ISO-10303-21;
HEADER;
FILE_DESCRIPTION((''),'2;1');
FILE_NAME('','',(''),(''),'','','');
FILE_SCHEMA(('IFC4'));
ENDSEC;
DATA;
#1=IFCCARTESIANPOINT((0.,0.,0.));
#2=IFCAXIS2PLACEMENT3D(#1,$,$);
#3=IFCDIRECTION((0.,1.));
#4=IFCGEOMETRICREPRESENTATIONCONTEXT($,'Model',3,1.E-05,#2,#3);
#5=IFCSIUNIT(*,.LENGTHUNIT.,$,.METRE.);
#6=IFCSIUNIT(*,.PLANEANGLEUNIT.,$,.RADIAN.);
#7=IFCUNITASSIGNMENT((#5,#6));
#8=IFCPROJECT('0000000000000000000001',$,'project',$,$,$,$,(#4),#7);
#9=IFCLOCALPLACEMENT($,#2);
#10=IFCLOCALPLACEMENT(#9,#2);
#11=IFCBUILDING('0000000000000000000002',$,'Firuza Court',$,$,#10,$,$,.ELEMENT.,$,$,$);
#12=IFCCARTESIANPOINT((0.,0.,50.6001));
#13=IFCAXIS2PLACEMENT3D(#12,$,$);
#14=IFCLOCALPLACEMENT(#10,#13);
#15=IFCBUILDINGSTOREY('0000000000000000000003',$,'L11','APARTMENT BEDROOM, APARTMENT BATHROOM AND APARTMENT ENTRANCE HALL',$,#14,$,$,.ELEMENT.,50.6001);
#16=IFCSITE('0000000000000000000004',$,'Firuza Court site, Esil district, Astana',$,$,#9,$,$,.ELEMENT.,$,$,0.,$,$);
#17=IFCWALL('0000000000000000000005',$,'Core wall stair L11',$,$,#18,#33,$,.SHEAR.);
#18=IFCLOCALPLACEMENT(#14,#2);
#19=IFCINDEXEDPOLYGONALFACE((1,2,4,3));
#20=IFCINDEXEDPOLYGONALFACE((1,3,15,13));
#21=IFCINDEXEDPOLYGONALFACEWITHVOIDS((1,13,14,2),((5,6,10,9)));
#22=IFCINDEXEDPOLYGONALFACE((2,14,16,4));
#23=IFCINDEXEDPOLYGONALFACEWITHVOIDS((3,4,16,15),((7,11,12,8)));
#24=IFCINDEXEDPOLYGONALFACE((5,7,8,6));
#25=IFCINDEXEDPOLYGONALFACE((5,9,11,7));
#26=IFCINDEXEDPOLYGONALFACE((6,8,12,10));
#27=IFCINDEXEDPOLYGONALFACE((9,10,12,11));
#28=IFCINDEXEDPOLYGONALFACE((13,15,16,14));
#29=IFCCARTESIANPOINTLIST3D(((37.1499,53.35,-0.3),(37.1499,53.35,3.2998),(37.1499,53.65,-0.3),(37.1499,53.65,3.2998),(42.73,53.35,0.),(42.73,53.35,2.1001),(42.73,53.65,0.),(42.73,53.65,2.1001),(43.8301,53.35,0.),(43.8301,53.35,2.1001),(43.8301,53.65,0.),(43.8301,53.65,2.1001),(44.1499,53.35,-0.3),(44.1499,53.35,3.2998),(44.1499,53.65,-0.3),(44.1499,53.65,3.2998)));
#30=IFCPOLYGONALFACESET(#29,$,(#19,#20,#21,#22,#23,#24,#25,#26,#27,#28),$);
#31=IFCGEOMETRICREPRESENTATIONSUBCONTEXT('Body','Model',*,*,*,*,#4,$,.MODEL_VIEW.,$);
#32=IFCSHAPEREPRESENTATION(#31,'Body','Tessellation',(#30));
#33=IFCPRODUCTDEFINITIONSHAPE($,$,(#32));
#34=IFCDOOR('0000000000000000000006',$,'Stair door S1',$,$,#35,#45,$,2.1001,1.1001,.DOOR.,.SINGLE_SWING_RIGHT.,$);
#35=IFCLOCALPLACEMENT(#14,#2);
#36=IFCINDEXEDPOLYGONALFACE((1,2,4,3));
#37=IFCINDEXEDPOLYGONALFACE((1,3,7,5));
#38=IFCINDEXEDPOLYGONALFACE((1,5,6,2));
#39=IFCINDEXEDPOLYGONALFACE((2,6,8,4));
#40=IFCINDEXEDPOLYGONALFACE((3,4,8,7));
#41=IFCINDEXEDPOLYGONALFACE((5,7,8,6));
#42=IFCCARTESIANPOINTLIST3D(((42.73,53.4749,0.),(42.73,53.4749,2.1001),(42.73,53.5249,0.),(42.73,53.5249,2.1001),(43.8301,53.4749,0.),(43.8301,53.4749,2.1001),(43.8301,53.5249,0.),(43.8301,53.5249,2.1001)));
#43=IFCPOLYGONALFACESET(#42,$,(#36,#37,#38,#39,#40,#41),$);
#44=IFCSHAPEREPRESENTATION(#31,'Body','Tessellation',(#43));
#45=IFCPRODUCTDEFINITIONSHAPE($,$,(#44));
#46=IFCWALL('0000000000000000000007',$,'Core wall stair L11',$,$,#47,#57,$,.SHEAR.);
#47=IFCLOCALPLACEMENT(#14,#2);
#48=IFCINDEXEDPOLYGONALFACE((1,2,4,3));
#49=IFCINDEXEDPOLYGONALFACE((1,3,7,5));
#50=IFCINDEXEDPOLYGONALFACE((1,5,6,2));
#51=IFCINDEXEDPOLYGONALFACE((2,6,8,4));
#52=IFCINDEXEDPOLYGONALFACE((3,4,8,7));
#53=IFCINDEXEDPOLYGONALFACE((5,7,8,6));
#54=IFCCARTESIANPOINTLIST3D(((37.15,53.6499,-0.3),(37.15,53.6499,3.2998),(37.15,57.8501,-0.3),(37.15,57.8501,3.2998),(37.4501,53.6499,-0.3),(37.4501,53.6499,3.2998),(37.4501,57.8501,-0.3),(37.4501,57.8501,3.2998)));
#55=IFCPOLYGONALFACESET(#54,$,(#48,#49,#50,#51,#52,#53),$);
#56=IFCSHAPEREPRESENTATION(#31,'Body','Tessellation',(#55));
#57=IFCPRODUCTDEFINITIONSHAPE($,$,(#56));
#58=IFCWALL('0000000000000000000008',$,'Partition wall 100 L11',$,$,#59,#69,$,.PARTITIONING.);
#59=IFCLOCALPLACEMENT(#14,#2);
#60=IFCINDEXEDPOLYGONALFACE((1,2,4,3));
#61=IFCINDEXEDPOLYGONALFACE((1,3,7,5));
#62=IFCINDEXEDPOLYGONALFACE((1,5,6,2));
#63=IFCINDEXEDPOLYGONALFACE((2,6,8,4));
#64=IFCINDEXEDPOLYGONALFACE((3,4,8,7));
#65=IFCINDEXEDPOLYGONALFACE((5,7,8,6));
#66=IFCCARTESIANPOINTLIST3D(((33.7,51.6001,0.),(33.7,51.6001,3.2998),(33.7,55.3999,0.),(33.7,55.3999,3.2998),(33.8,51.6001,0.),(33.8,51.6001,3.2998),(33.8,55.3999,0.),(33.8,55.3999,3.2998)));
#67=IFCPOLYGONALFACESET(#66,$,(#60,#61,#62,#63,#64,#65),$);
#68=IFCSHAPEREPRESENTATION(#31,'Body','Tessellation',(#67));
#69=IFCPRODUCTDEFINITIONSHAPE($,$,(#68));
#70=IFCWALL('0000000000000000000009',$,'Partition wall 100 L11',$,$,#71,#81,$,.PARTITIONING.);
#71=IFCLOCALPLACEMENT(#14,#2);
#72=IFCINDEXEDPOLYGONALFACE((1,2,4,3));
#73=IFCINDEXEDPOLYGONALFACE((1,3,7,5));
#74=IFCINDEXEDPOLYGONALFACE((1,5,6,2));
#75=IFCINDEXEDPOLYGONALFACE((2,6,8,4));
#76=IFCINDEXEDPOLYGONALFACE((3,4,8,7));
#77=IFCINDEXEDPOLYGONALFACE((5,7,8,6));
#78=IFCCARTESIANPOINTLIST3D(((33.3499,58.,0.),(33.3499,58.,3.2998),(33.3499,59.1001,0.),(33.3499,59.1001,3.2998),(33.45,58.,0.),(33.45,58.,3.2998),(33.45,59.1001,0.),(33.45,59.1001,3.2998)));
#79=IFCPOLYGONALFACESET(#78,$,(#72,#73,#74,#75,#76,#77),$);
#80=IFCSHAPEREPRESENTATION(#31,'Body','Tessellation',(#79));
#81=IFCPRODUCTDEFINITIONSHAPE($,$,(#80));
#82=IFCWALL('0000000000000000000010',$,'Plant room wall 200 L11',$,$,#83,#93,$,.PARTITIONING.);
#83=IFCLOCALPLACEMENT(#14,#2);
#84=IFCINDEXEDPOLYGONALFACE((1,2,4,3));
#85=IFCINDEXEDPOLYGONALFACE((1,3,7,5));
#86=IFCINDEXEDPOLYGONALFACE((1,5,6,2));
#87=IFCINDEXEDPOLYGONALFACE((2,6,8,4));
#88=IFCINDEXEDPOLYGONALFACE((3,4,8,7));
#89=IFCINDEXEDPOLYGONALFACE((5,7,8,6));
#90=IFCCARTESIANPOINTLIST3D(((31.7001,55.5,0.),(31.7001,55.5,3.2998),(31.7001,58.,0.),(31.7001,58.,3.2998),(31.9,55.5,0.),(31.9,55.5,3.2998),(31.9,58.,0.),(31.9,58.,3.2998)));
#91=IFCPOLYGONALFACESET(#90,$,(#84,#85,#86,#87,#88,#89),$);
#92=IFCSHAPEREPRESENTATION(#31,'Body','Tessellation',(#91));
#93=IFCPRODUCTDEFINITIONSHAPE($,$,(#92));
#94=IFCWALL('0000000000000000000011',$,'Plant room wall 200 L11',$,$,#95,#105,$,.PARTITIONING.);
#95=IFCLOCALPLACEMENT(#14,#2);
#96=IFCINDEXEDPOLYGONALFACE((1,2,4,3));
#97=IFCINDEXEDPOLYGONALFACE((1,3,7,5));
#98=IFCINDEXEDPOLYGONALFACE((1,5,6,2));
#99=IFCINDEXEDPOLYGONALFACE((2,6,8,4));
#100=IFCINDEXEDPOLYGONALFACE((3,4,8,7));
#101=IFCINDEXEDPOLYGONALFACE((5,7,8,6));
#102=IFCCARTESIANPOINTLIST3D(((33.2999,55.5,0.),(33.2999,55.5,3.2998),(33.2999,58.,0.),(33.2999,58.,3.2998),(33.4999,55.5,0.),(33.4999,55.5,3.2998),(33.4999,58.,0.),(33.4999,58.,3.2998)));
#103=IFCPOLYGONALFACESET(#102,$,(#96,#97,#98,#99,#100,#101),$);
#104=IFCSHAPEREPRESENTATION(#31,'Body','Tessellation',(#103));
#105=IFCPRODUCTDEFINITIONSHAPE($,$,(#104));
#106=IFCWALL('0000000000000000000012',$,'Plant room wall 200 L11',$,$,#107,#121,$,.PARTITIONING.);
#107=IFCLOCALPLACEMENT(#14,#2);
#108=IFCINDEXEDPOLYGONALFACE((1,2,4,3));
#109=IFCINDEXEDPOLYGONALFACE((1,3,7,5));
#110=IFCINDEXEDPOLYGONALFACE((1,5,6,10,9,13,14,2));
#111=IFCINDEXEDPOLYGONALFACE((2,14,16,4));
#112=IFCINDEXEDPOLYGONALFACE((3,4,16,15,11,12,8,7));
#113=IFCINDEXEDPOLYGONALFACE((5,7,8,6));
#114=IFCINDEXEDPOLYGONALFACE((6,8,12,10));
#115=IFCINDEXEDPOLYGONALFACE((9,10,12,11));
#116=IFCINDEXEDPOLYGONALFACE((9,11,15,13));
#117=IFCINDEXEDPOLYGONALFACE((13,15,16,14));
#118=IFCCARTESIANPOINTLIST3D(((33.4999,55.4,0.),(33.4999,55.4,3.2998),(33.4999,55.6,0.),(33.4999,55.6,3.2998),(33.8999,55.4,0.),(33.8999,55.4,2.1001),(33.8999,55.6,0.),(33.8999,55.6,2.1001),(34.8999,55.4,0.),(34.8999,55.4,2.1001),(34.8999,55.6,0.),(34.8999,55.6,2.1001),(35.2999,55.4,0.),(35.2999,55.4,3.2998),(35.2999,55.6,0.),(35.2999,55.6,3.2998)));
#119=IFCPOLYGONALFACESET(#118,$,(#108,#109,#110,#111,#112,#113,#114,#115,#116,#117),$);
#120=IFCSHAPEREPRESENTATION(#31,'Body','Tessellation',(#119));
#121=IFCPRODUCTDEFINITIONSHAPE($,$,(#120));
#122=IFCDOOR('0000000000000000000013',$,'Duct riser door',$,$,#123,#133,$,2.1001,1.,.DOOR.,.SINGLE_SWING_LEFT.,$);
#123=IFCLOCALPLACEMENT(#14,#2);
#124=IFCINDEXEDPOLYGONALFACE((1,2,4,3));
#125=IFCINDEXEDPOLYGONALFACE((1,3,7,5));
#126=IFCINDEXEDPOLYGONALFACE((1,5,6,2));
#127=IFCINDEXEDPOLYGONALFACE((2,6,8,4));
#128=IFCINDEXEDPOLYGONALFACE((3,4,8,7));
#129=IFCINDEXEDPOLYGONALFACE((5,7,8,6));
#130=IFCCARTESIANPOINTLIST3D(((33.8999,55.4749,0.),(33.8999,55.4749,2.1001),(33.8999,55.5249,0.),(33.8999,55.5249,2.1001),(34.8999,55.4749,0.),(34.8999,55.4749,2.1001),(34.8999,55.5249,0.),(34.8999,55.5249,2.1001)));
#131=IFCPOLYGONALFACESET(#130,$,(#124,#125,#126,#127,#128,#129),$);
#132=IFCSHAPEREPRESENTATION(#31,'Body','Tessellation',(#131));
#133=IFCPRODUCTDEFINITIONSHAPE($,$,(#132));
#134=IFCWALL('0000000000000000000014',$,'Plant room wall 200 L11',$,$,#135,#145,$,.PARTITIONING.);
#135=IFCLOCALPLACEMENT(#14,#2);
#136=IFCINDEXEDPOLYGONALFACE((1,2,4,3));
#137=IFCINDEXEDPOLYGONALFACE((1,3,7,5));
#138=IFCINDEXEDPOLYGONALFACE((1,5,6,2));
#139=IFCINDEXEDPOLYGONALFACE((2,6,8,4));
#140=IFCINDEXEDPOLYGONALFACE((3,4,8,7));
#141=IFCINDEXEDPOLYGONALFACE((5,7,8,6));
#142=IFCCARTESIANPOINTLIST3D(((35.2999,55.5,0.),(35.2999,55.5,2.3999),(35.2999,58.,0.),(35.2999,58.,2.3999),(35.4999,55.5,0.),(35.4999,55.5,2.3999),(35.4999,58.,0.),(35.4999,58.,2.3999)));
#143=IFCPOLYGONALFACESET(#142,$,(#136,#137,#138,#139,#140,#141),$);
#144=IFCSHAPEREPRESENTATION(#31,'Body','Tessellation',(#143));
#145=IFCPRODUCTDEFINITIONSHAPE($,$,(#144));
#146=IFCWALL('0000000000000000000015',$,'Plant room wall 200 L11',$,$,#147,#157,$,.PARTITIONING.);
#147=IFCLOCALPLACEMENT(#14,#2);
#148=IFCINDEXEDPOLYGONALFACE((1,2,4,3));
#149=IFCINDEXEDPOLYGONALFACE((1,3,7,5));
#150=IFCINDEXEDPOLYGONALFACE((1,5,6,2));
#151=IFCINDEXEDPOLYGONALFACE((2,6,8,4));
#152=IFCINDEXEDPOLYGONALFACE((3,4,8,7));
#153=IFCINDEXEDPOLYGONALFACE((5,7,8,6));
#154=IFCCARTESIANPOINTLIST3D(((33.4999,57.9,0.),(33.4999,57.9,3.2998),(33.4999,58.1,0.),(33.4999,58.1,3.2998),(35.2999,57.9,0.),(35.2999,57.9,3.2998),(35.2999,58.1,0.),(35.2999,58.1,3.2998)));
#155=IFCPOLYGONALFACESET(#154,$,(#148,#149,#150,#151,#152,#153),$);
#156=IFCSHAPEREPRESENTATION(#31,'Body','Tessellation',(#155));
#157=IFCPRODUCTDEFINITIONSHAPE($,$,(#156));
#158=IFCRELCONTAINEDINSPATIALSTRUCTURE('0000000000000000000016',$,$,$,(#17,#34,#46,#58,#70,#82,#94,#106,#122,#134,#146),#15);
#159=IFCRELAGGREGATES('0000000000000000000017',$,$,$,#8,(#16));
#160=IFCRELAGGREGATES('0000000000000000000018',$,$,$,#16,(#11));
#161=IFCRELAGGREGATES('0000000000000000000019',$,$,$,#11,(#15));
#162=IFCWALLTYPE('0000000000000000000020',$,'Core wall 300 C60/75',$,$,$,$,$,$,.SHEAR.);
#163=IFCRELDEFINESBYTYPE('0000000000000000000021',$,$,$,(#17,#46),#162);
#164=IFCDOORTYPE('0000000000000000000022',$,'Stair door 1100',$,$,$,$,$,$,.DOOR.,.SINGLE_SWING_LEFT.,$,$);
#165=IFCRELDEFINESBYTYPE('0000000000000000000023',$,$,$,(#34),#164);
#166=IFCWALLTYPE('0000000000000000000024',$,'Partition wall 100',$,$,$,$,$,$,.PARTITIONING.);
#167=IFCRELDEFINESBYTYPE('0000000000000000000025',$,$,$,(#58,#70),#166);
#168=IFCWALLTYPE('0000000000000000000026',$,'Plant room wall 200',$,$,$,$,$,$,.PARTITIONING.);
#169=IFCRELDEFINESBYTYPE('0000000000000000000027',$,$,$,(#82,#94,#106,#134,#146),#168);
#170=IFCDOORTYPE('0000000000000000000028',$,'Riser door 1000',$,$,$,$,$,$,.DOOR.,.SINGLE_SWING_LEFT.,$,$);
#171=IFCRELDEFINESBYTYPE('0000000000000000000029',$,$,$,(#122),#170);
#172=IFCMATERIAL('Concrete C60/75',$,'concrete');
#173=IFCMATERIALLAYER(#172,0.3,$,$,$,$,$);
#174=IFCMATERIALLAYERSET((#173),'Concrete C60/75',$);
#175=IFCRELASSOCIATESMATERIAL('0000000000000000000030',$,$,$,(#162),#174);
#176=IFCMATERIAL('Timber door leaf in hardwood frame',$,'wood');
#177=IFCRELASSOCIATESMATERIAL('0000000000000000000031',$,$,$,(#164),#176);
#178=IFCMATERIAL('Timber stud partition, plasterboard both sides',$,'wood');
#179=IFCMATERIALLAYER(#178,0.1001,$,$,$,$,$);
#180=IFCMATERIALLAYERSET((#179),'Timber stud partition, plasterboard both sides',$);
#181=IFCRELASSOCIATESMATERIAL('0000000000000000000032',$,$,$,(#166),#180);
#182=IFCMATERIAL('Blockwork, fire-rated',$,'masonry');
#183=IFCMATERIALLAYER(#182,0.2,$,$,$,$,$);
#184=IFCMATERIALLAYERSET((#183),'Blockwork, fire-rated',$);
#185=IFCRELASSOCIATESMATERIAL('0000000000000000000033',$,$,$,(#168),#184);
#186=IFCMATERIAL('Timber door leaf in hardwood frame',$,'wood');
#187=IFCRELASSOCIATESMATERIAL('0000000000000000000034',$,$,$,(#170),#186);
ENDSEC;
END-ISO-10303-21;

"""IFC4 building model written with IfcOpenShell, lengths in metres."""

from ifc_helpers import new_model, si_unit, direction, frame, frame_2d, origin, place, context, subcontext, project, spatial, rectangle, extrude, material, layer, layer_set, type_object, element, fill, save


model = new_model("IFC4")

# Units and contexts
model_context = context("Model", 3, precision=1e-05, world=origin(), true_north=direction((0.0, 1.0)))
body_context = subcontext(model_context, "Body", "Model", "MODEL_VIEW")
ifc_project = project(units=[si_unit("LENGTHUNIT", "METRE"), si_unit("PLANEANGLEUNIT", "RADIAN")], contexts=[model_context])

# Site, building, storey
site_placement = place(None, origin())
site = spatial("IfcSite", under=ifc_project, at=site_placement, Name="Firuza Court site, Esil district, Astana", CompositionType="ELEMENT", RefElevation=0.0)
building_placement = place(site_placement, origin())
building = spatial("IfcBuilding", under=site, at=building_placement, Name="Firuza Court", CompositionType="ELEMENT")
storey_placement = place(building_placement, frame((0.0, 0.0, 50.6001)))
storey = spatial("IfcBuildingStorey", under=building, at=storey_placement, Name="L11", Description="APARTMENT BEDROOM, APARTMENT BATHROOM AND APARTMENT ENTRANCE HALL", CompositionType="ELEMENT", Elevation=50.6001)

# Shared definitions
ifc_material_1 = material(Name="Concrete C60/75", Category="concrete")
ifc_layer_1 = layer(ifc_material_1, 0.3)
ifc_layer_set_1 = layer_set([ifc_layer_1], Name="Concrete C60/75")
wall_type_1 = type_object("IfcWallType", Name="Core wall 300 C60/75", PredefinedType="SHEAR", material=ifc_layer_set_1)

# Wall, opening, door
wall_1_placement = place(storey_placement, frame((37.1499, 53.5, -0.3), z_axis=(0.0, 0.0, 1.0), x_axis=(1.0, 0.0, 0.0)))
wall_1 = element("IfcWall", 1, at=wall_1_placement, inside=storey, type_object=wall_type_1, Name="Core wall stair L11", PredefinedType="SHEAR", context=body_context, shape_type="SweptSolid", body=[
    extrude(rectangle(XDim=7.0, YDim=0.3, at=frame_2d((3.5, 0.0))), origin(), (0.0, 0.0, 1.0), 3.5999),
])
opening_1_placement = place(wall_1_placement, frame((5.5801, 0.0, 0.3)))
opening_1 = element("IfcOpeningElement", 2, at=opening_1_placement, cuts=wall_1, PredefinedType="OPENING", context=body_context, shape_type="SweptSolid", body=[
    extrude(rectangle(XDim=1.1001, YDim=2.1001, at=frame_2d((0.55, 1.05))), frame((0.0, 0.1621, 0.0), z_axis=(0.0, -1.0, 0.0), x_axis=(1.0, 0.0, 0.0)), (0.0, 0.0, 1.0), 0.324),
])
ifc_material_2 = material(Name="Timber door leaf in hardwood frame", Category="wood")
door_type_1 = type_object("IfcDoorType", Name="Stair door 1100", OperationType="SINGLE_SWING_LEFT", PredefinedType="DOOR", material=ifc_material_2)
door_1_placement = place(opening_1_placement, origin())
door_1 = element("IfcDoor", 3, at=door_1_placement, inside=storey, type_object=door_type_1, Name="Stair door S1", OperationType="SINGLE_SWING_RIGHT", OverallHeight=2.1001, OverallWidth=1.1001, PredefinedType="DOOR", context=body_context, shape_type="SweptSolid", body=[
    extrude(rectangle(XDim=1.1001, YDim=2.1001, at=frame_2d((0.55, 1.05))), frame((0.0, 0.0249, 0.0), z_axis=(0.0, -1.0, 0.0), x_axis=(1.0, 0.0, 0.0)), (0.0, 0.0, 1.0), 0.05),
])
fill(opening_1, door_1)

# Walls
wall_2_placement = place(storey_placement, frame((37.3, 53.6499, -0.3), z_axis=(0.0, 0.0, 1.0), x_axis=(0.0, 1.0, 0.0)))
element("IfcWall", 4, at=wall_2_placement, inside=storey, type_object=wall_type_1, Name="Core wall stair L11", PredefinedType="SHEAR", context=body_context, shape_type="SweptSolid", body=[
    extrude(rectangle(XDim=4.2002, YDim=0.3, at=frame_2d((2.1001, 0.0))), origin(), (0.0, 0.0, 1.0), 3.5999),
])
ifc_material_3 = material(Name="Timber stud partition, plasterboard both sides", Category="wood")
ifc_layer_2 = layer(ifc_material_3, 0.1001)
ifc_layer_set_2 = layer_set([ifc_layer_2], Name="Timber stud partition, plasterboard both sides")
wall_type_2 = type_object("IfcWallType", Name="Partition wall 100", PredefinedType="PARTITIONING", material=ifc_layer_set_2)
wall_3_placement = place(storey_placement, frame((33.75, 51.6001, 0.0), z_axis=(0.0, 0.0, 1.0), x_axis=(0.0, 1.0, 0.0)))
element("IfcWall", 5, at=wall_3_placement, inside=storey, type_object=wall_type_2, Name="Partition wall 100 L11", PredefinedType="PARTITIONING", context=body_context, shape_type="SweptSolid", body=[
    extrude(rectangle(XDim=3.7998, YDim=0.1001, at=frame_2d((1.8999, 0.0))), origin(), (0.0, 0.0, 1.0), 3.2998),
])
wall_4_placement = place(storey_placement, frame((33.3999, 58.0, 0.0), z_axis=(0.0, 0.0, 1.0), x_axis=(0.0, 1.0, 0.0)))
element("IfcWall", 6, at=wall_4_placement, inside=storey, type_object=wall_type_2, Name="Partition wall 100 L11", PredefinedType="PARTITIONING", context=body_context, shape_type="SweptSolid", body=[
    extrude(rectangle(XDim=1.1001, YDim=0.1001, at=frame_2d((0.55, 0.0))), origin(), (0.0, 0.0, 1.0), 3.2998),
])
ifc_material_4 = material(Name="Blockwork, fire-rated", Category="masonry")
ifc_layer_3 = layer(ifc_material_4, 0.2)
ifc_layer_set_3 = layer_set([ifc_layer_3], Name="Blockwork, fire-rated")
wall_type_3 = type_object("IfcWallType", Name="Plant room wall 200", PredefinedType="PARTITIONING", material=ifc_layer_set_3)
for number, where, z_axis, x_axis, name in (
    (7, (31.8, 55.5, 0.0), (0.0, 0.0, 1.0), (0.0, 1.0, 0.0), "Plant room wall 200 L11"),
    (8, (33.3999, 55.5, 0.0), (0.0, 0.0, 1.0), (0.0, 1.0, 0.0), "Plant room wall 200 L11"),
):
    element("IfcWall", number, at=place(storey_placement, frame(where, z_axis=z_axis, x_axis=x_axis)), inside=storey, type_object=wall_type_3, Name=name, PredefinedType="PARTITIONING", context=body_context, shape_type="SweptSolid", body=[
        extrude(rectangle(XDim=2.5, YDim=0.2, at=frame_2d((1.25, 0.0))), origin(), (0.0, 0.0, 1.0), 3.2998),
    ])

# Wall, opening, door
wall_5_placement = place(storey_placement, frame((33.5, 55.5, 0.0), z_axis=(0.0, 0.0, 1.0), x_axis=(1.0, 0.0, 0.0)))
wall_5 = element("IfcWall", 9, at=wall_5_placement, inside=storey, type_object=wall_type_3, Name="Plant room wall 200 L11", PredefinedType="PARTITIONING", context=body_context, shape_type="SweptSolid", body=[
    extrude(rectangle(XDim=1.8, YDim=0.2, at=frame_2d((0.8999, 0.0))), origin(), (0.0, 0.0, 1.0), 3.2998),
])
opening_2_placement = place(wall_5_placement, frame((0.3999, 0.0, 0.0)))
opening_2 = element("IfcOpeningElement", 10, at=opening_2_placement, cuts=wall_5, PredefinedType="OPENING", context=body_context, shape_type="SweptSolid", body=[
    extrude(rectangle(XDim=1.0, YDim=2.1001, at=frame_2d((0.5, 1.05))), frame((0.0, 0.1118, 0.0), z_axis=(0.0, -1.0, 0.0), x_axis=(1.0, 0.0, 0.0)), (0.0, 0.0, 1.0), 0.2239),
])
ifc_material_5 = material(Name="Timber door leaf in hardwood frame", Category="wood")
door_type_2 = type_object("IfcDoorType", Name="Riser door 1000", OperationType="SINGLE_SWING_LEFT", PredefinedType="DOOR", material=ifc_material_5)
door_2_placement = place(opening_2_placement, origin())
door_2 = element("IfcDoor", 11, at=door_2_placement, inside=storey, type_object=door_type_2, Name="Duct riser door", OperationType="SINGLE_SWING_LEFT", OverallHeight=2.1001, OverallWidth=1.0, PredefinedType="DOOR", context=body_context, shape_type="SweptSolid", body=[
    extrude(rectangle(XDim=1.0, YDim=2.1001, at=frame_2d((0.5, 1.05))), frame((0.0, 0.0249, 0.0), z_axis=(0.0, -1.0, 0.0), x_axis=(1.0, 0.0, 0.0)), (0.0, 0.0, 1.0), 0.05),
])
fill(opening_2, door_2)

# Walls
wall_6_placement = place(storey_placement, frame((35.3999, 55.5, 0.0), z_axis=(0.0, 0.0, 1.0), x_axis=(0.0, 1.0, 0.0)))
element("IfcWall", 12, at=wall_6_placement, inside=storey, type_object=wall_type_3, Name="Plant room wall 200 L11", PredefinedType="PARTITIONING", context=body_context, shape_type="SweptSolid", body=[
    extrude(rectangle(XDim=2.5, YDim=0.2, at=frame_2d((1.25, 0.0))), origin(), (0.0, 0.0, 1.0), 2.3999),
])
wall_7_placement = place(storey_placement, frame((33.5, 58.0, 0.0), z_axis=(0.0, 0.0, 1.0), x_axis=(1.0, 0.0, 0.0)))
element("IfcWall", 13, at=wall_7_placement, inside=storey, type_object=wall_type_3, Name="Plant room wall 200 L11", PredefinedType="PARTITIONING", context=body_context, shape_type="SweptSolid", body=[
    extrude(rectangle(XDim=1.8, YDim=0.2, at=frame_2d((0.8999, 0.0))), origin(), (0.0, 0.0, 1.0), 3.2998),
])

save(model, "model.ifc")
